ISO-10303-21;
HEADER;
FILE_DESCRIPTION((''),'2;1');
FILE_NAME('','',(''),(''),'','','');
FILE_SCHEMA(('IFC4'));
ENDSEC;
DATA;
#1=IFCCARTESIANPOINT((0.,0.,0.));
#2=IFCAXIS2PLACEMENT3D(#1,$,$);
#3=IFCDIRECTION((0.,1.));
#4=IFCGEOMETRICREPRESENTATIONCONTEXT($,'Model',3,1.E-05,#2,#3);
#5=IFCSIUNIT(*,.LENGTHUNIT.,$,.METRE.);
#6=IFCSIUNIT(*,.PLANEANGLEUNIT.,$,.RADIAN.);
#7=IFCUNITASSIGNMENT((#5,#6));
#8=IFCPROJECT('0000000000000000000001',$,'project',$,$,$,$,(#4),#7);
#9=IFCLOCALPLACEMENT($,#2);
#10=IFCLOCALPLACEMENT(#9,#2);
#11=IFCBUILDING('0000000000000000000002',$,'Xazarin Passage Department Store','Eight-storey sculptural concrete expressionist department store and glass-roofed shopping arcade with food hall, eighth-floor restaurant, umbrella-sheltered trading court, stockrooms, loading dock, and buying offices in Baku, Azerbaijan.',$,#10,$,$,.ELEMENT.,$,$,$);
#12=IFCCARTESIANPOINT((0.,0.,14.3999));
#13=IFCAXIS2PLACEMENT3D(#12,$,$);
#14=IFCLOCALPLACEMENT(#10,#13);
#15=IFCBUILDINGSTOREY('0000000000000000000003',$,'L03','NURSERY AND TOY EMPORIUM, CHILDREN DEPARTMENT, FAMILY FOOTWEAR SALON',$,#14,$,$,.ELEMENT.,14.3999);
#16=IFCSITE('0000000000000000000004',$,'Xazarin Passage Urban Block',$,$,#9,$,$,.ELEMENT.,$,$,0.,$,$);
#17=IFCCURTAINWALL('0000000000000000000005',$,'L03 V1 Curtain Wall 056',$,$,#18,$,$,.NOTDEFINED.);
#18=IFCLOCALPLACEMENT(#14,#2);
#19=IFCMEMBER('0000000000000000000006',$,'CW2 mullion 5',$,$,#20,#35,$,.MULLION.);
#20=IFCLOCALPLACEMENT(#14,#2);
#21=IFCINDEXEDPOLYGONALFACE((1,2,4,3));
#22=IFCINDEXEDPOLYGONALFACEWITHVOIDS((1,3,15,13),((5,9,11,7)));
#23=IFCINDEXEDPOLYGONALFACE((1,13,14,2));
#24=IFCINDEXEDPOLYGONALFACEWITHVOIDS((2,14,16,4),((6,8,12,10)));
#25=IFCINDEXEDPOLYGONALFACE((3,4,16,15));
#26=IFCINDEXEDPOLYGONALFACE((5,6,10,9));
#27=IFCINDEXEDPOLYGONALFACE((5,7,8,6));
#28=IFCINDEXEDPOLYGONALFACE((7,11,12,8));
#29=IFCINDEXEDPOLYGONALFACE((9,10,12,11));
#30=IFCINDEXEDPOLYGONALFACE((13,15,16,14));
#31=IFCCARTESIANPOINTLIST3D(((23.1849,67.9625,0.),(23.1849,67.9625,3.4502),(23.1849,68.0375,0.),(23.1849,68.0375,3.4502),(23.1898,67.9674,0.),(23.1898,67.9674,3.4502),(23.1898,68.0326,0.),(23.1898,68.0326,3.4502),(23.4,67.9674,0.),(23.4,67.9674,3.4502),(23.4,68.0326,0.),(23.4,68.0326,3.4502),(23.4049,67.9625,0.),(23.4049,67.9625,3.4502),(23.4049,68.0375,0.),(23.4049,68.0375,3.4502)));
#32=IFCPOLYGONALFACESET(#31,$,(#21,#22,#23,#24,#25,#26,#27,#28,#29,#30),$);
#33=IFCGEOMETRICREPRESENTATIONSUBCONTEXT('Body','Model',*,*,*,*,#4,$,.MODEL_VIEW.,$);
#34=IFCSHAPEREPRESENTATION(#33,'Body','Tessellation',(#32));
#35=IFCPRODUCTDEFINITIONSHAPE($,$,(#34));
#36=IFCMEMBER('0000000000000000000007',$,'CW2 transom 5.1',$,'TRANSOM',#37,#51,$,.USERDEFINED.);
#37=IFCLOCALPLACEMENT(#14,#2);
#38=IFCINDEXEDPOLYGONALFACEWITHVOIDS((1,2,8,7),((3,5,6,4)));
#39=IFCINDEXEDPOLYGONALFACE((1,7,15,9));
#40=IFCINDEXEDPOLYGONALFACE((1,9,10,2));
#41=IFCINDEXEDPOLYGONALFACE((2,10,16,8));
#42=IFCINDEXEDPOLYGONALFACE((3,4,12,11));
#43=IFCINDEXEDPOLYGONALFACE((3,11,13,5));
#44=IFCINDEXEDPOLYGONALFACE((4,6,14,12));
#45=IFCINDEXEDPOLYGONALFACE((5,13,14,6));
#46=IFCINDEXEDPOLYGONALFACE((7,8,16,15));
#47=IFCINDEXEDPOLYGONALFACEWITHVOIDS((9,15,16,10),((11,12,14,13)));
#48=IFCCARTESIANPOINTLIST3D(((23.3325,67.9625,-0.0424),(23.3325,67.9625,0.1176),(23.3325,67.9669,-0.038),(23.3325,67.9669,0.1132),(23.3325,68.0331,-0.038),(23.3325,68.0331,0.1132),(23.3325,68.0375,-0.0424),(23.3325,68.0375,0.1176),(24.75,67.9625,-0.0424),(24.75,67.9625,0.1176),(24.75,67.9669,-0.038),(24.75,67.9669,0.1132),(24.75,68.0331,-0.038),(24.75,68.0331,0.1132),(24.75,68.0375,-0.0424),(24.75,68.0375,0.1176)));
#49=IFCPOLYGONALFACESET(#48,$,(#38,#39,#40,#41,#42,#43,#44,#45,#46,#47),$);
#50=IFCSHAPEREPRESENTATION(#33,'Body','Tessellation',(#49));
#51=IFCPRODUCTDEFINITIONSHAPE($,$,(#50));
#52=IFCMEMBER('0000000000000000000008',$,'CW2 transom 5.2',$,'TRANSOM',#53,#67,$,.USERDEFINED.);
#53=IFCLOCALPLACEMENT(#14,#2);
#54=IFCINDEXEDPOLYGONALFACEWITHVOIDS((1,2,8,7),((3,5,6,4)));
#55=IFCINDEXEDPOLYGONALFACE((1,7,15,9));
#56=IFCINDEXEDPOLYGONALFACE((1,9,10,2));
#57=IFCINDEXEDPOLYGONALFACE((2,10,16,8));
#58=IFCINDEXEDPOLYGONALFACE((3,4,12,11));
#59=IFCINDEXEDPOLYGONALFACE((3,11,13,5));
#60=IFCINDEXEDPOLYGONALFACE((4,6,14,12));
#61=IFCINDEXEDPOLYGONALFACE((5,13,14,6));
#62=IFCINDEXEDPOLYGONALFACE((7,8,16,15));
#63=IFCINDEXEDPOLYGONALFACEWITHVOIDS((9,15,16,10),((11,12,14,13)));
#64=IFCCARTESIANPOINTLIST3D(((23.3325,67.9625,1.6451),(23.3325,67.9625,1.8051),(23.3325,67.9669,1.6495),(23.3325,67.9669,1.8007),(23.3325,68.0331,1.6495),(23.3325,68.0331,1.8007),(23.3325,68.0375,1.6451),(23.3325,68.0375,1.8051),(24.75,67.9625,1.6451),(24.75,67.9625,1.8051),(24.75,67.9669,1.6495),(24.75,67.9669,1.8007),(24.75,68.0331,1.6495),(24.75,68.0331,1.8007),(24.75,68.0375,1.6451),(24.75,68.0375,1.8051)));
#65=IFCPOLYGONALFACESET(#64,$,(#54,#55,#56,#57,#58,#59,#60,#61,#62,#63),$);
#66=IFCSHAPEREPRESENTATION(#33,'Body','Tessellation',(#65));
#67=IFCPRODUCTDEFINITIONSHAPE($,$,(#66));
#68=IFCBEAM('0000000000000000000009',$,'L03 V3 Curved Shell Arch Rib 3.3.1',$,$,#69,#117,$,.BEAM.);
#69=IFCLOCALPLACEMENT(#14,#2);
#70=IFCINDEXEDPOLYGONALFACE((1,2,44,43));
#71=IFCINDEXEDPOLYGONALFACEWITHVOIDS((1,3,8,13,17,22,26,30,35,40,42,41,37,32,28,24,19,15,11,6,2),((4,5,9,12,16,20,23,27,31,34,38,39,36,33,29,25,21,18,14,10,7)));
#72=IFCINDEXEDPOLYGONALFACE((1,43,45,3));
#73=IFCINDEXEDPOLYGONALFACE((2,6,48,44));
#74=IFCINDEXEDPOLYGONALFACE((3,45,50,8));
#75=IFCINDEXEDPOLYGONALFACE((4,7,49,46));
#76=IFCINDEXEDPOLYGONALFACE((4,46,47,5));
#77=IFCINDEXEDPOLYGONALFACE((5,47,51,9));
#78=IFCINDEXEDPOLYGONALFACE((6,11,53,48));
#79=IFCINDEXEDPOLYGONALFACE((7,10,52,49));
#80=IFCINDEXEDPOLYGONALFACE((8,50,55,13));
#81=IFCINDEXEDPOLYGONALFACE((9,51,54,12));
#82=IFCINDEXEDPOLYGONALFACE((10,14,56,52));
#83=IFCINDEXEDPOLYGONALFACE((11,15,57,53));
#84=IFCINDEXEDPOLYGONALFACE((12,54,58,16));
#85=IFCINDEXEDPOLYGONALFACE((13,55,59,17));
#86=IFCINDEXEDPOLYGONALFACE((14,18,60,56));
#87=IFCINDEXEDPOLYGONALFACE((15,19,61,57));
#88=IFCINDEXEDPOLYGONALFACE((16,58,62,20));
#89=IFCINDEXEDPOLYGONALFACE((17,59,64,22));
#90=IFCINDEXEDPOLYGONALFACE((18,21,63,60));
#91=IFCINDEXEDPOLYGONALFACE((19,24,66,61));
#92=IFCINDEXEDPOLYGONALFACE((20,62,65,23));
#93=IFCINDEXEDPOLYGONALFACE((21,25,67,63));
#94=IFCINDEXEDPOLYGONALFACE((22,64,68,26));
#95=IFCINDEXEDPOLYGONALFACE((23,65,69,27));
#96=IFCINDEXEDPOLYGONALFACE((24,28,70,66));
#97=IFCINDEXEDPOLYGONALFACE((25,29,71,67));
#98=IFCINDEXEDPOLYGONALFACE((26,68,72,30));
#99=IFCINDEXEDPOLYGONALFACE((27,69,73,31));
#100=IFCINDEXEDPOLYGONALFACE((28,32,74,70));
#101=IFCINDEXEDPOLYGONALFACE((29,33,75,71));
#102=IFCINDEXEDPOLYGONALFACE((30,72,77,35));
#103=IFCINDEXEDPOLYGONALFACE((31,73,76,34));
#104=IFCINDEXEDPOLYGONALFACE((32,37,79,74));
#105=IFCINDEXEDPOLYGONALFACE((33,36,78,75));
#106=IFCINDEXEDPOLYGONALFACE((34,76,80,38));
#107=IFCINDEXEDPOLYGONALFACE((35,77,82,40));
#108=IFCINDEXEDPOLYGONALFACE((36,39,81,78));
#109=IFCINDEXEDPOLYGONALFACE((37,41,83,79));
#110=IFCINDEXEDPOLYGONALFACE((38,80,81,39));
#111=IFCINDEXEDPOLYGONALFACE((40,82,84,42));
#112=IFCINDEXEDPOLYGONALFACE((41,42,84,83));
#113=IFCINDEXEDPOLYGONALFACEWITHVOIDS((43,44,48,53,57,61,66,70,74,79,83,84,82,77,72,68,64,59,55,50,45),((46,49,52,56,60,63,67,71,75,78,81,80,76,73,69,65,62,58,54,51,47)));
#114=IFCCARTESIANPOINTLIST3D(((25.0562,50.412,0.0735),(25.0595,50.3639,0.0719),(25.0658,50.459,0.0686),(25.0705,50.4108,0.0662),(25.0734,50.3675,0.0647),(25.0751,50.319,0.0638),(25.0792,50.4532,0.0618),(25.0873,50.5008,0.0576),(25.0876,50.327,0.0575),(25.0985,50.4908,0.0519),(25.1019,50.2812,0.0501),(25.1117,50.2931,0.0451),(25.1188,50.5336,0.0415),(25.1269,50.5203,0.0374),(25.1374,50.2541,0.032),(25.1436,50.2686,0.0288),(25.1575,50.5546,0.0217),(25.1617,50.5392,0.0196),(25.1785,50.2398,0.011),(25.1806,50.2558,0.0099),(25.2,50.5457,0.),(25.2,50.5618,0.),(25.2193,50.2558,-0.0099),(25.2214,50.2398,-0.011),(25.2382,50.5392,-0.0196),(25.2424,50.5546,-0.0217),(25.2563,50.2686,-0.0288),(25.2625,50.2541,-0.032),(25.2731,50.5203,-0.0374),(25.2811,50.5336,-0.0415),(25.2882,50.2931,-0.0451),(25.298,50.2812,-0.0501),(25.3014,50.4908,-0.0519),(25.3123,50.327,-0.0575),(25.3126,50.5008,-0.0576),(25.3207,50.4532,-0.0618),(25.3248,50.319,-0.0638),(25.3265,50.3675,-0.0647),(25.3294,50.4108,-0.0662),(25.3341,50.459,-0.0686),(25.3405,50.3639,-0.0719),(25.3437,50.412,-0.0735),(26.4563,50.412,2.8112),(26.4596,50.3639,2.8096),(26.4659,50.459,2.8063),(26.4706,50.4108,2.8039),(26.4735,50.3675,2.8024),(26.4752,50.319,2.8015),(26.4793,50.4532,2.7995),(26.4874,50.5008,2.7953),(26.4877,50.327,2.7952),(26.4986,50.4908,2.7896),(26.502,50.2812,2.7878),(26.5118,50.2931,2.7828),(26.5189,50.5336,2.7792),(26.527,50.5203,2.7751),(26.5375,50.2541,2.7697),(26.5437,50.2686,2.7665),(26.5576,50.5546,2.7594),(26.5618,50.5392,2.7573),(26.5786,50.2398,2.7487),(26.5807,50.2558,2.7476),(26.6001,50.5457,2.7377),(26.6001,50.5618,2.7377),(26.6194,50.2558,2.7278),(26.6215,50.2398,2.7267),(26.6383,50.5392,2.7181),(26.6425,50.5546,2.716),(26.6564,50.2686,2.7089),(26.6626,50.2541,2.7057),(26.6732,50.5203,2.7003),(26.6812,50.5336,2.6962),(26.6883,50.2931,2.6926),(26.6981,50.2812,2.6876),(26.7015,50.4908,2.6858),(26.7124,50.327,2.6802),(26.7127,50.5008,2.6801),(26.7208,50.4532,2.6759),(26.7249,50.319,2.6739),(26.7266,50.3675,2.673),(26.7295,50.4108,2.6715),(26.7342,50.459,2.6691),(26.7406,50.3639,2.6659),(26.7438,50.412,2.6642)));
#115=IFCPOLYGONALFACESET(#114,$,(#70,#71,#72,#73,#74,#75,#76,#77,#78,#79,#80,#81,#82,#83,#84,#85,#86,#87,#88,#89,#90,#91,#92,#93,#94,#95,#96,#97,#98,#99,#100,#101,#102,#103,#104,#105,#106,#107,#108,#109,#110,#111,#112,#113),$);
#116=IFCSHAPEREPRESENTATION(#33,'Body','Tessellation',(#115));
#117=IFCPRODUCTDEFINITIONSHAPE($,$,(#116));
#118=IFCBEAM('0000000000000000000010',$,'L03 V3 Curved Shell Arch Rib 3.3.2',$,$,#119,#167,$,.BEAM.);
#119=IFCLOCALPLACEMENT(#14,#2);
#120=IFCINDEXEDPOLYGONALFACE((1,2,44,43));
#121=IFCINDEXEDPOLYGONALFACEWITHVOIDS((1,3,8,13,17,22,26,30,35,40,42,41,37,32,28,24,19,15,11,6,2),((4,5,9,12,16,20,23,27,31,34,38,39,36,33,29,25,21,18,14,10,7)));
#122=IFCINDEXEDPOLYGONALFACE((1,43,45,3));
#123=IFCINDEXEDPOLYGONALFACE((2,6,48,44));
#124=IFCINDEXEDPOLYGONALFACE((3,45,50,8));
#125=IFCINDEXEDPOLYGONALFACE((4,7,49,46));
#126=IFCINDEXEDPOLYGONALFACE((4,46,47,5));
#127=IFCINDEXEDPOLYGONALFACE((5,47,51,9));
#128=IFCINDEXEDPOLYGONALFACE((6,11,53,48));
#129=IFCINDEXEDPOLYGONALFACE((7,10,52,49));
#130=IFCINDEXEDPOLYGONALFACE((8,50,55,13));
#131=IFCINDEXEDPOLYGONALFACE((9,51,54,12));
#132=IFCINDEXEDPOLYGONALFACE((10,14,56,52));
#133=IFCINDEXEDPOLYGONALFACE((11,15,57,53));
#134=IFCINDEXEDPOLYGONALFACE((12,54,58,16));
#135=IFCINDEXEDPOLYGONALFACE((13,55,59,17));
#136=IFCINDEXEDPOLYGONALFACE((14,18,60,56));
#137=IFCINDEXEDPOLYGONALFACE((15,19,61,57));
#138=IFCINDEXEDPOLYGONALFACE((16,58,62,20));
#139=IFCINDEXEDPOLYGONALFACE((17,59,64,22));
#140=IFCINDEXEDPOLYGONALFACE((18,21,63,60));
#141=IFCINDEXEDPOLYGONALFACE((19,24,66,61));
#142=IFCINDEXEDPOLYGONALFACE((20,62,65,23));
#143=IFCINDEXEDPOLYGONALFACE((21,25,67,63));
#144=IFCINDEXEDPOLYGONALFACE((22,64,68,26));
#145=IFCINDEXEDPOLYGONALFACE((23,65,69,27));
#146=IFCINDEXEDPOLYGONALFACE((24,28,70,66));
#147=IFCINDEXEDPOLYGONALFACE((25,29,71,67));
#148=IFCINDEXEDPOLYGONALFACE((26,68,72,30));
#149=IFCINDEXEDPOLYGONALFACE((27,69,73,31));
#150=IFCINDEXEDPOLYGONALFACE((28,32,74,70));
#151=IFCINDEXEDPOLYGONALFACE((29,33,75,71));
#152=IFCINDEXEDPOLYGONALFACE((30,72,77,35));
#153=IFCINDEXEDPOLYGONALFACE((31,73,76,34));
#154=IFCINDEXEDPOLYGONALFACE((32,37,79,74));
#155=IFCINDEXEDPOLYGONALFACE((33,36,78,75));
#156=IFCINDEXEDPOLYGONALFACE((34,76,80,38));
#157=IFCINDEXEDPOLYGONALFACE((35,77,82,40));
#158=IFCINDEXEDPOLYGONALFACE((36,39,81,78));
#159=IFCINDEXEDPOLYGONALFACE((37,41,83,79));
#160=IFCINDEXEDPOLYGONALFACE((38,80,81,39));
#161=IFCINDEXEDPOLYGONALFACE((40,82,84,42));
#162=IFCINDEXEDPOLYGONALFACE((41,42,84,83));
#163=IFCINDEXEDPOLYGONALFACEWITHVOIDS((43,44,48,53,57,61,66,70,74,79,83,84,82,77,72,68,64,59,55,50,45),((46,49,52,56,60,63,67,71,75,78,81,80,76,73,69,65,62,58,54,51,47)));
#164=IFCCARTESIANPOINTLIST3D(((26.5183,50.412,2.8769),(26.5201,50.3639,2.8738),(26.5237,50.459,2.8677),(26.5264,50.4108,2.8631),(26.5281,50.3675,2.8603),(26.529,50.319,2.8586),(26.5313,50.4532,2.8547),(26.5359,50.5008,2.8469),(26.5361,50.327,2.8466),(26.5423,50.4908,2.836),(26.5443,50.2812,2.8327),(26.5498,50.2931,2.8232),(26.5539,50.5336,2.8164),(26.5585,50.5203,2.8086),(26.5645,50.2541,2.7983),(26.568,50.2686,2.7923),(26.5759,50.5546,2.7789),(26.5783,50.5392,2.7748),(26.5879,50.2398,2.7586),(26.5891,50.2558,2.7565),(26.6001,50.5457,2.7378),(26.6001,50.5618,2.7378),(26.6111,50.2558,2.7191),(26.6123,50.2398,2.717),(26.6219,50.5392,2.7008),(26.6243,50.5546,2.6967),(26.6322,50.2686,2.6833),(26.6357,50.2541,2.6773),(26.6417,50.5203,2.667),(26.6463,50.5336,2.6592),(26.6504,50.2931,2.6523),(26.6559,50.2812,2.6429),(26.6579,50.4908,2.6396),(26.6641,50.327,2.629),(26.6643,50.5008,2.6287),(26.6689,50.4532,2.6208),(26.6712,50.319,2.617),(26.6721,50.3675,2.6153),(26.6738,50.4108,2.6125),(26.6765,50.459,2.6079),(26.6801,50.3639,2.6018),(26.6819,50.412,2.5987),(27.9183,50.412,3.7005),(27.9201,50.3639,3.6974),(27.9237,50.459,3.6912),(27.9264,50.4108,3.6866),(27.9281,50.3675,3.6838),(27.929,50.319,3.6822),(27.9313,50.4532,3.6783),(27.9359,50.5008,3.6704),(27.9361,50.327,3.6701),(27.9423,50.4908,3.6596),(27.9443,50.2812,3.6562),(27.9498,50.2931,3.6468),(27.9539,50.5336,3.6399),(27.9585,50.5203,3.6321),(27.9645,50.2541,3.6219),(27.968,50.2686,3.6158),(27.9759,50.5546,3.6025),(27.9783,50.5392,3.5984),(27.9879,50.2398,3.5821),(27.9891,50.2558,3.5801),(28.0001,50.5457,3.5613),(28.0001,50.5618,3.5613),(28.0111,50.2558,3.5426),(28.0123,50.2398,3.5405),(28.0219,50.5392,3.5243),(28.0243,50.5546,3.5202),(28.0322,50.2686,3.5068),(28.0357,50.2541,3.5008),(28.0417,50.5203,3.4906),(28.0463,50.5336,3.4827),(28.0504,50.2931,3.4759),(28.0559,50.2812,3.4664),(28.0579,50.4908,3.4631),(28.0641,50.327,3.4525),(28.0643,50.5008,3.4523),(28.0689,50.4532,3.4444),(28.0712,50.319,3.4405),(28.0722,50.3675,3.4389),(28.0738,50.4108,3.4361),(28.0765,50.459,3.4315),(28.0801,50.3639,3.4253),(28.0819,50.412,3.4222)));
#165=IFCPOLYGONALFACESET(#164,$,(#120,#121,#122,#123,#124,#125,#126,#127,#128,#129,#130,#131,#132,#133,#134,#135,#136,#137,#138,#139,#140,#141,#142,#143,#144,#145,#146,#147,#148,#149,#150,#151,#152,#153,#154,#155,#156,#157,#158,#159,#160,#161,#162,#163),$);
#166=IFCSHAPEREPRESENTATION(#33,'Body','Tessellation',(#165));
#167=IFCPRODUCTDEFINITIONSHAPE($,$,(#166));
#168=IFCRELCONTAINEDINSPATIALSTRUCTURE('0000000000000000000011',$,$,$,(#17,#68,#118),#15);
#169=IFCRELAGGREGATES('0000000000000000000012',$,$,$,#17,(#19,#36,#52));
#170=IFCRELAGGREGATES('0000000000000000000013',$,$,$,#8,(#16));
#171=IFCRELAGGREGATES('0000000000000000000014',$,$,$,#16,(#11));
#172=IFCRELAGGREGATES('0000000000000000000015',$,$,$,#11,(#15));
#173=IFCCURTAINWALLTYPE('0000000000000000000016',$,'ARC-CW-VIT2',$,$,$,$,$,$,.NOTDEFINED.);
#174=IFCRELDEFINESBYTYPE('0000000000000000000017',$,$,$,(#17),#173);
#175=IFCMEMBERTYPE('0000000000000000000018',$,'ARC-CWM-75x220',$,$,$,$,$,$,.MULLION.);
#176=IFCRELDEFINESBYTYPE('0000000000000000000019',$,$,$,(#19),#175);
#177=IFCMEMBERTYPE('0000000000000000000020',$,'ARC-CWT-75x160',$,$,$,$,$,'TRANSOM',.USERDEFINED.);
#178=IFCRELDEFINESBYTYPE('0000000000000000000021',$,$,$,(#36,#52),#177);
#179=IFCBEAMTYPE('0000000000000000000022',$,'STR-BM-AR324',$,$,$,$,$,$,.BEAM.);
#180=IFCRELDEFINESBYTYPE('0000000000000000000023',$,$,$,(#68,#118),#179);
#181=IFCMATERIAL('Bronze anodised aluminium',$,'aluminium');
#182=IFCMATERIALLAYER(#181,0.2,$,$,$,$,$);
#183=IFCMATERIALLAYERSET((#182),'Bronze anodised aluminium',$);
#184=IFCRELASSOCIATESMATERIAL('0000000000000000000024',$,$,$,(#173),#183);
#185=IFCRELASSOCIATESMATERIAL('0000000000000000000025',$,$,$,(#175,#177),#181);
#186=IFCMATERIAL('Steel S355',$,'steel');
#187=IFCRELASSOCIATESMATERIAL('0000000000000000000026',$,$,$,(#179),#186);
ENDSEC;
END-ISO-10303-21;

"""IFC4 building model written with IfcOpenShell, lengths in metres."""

from ifc_helpers import new_model, si_unit, direction, frame, origin, origin_2d, place, context, subcontext, project, spatial, hollow_rectangle, hollow_circle, extrude, material, layer, layer_set, material_profile, profile_set, type_object, element, aggregate, save


model = new_model("IFC4")

# Units and contexts
model_context = context("Model", 3, precision=1e-05, world=origin(), true_north=direction((0.0, 1.0)))
body_context = subcontext(model_context, "Body", "Model", "MODEL_VIEW")
ifc_project = project(units=[si_unit("LENGTHUNIT", "METRE"), si_unit("PLANEANGLEUNIT", "RADIAN")], contexts=[model_context])

# Site, building, storey
site_placement = place(None, origin())
site = spatial("IfcSite", under=ifc_project, at=site_placement, Name="Xazarin Passage Urban Block", CompositionType="ELEMENT", RefElevation=0.0)
building_placement = place(site_placement, origin())
building = spatial("IfcBuilding", under=site, at=building_placement, Name="Xazarin Passage Department Store", Description="Eight-storey sculptural concrete expressionist department store and glass-roofed shopping arcade with food hall, eighth-floor restaurant, umbrella-sheltered trading court, stockrooms, loading dock, and buying offices in Baku, Azerbaijan.", CompositionType="ELEMENT")
storey_placement = place(building_placement, frame((0.0, 0.0, 14.3999)))
storey = spatial("IfcBuildingStorey", under=building, at=storey_placement, Name="L03", Description="NURSERY AND TOY EMPORIUM, CHILDREN DEPARTMENT, FAMILY FOOTWEAR SALON", CompositionType="ELEMENT", Elevation=14.3999)

# Curtain wall, members
ifc_material_1 = material(Name="Bronze anodised aluminium", Category="aluminium")
ifc_layer_1 = layer(ifc_material_1, 0.2)
ifc_layer_set_1 = layer_set([ifc_layer_1], Name="Bronze anodised aluminium")
curtain_wall_type = type_object("IfcCurtainWallType", Name="ARC-CW-VIT2", PredefinedType="NOTDEFINED", material=ifc_layer_set_1)
curtain_wall_placement = place(storey_placement, origin())
curtain_wall = element("IfcCurtainWall", 1, at=curtain_wall_placement, inside=storey, type_object=curtain_wall_type, Name="L03 V1 Curtain Wall 056", PredefinedType="NOTDEFINED")
ifc_material_profile_1 = material_profile(ifc_material_1, hollow_rectangle(XDim=0.075, YDim=0.22, WallThickness=0.0049, at=origin_2d()), Name="ALU 75x220")
ifc_profile_set_1 = profile_set([ifc_material_profile_1], Name="Bronze anodised aluminium")
member_type_1 = type_object("IfcMemberType", Name="ARC-CWM-75x220", PredefinedType="MULLION", material=ifc_profile_set_1)
member_1_placement = place(storey_placement, frame((23.2949, 68.0, 0.0), z_axis=(0.0, 0.0, 1.0), x_axis=(0.0, 1.0, 0.0)))
member_1 = element("IfcMember", 2, at=member_1_placement, type_object=member_type_1, Name="CW2 mullion 5", PredefinedType="MULLION", context=body_context, shape_type="SweptSolid", body=[
    extrude(hollow_rectangle(XDim=0.075, YDim=0.22, WallThickness=0.0049, at=origin_2d()), origin(), (0.0, 0.0, 1.0), 3.4502),
])
ifc_material_profile_2 = material_profile(ifc_material_1, hollow_rectangle(XDim=0.075, YDim=0.1599, WallThickness=0.0044, at=origin_2d()), Name="ALU 75x160")
ifc_profile_set_2 = profile_set([ifc_material_profile_2], Name="Bronze anodised aluminium")
member_type_2 = type_object("IfcMemberType", Name="ARC-CWT-75x160", ElementType="TRANSOM", PredefinedType="USERDEFINED", material=ifc_profile_set_2)
member_2_placement = place(storey_placement, frame((23.3325, 68.0, 0.0376), z_axis=(1.0, 0.0, 0.0), x_axis=(0.0, 1.0, 0.0)))
member_2 = element("IfcMember", 3, at=member_2_placement, type_object=member_type_2, Name="CW2 transom 5.1", ObjectType="TRANSOM", PredefinedType="USERDEFINED", context=body_context, shape_type="SweptSolid", body=[
    extrude(hollow_rectangle(XDim=0.075, YDim=0.1599, WallThickness=0.0044, at=origin_2d()), origin(), (0.0, 0.0, 1.0), 1.4175),
])
member_3_placement = place(storey_placement, frame((23.3325, 68.0, 1.7251), z_axis=(1.0, 0.0, 0.0), x_axis=(0.0, 1.0, 0.0)))
member_3 = element("IfcMember", 4, at=member_3_placement, type_object=member_type_2, Name="CW2 transom 5.2", ObjectType="TRANSOM", PredefinedType="USERDEFINED", context=body_context, shape_type="SweptSolid", body=[
    extrude(hollow_rectangle(XDim=0.075, YDim=0.1599, WallThickness=0.0044, at=origin_2d()), origin(), (0.0, 0.0, 1.0), 1.4175),
])

# Beams
ifc_material_2 = material(Name="Steel S355", Category="steel")
ifc_material_profile_3 = material_profile(ifc_material_2, hollow_circle(Radius=0.1619, WallThickness=0.0161, at=origin_2d()), Name="CHS 323.9x16")
ifc_profile_set_3 = profile_set([ifc_material_profile_3], Name="Steel S355")
beam_type_1 = type_object("IfcBeamType", Name="STR-BM-AR324", PredefinedType="BEAM", material=ifc_profile_set_3)
beam_1_placement = place(storey_placement, frame((25.2, 50.3999, 0.0), z_axis=(0.455325, 0.0, 0.890325), x_axis=(0.0, 1.0, 0.0)))
element("IfcBeam", 5, at=beam_1_placement, inside=storey, type_object=beam_type_1, Name="L03 V3 Curved Shell Arch Rib 3.3.1", PredefinedType="BEAM", context=body_context, shape_type="SweptSolid", body=[
    extrude(hollow_circle(Radius=0.1619, WallThickness=0.0161, at=origin_2d()), origin(), (0.0, 0.0, 1.0), 3.075),
])
beam_2_placement = place(storey_placement, frame((26.6001, 50.3999, 2.7378), z_axis=(0.86193, 0.0, 0.507027), x_axis=(0.0, 1.0, 0.0)))
element("IfcBeam", 6, at=beam_2_placement, inside=storey, type_object=beam_type_1, Name="L03 V3 Curved Shell Arch Rib 3.3.2", PredefinedType="BEAM", context=body_context, shape_type="SweptSolid", body=[
    extrude(hollow_circle(Radius=0.1619, WallThickness=0.0161, at=origin_2d()), origin(), (0.0, 0.0, 1.0), 1.6243),
])

aggregate(curtain_wall, [member_1, member_2, member_3])

save(model, "model.ifc")
